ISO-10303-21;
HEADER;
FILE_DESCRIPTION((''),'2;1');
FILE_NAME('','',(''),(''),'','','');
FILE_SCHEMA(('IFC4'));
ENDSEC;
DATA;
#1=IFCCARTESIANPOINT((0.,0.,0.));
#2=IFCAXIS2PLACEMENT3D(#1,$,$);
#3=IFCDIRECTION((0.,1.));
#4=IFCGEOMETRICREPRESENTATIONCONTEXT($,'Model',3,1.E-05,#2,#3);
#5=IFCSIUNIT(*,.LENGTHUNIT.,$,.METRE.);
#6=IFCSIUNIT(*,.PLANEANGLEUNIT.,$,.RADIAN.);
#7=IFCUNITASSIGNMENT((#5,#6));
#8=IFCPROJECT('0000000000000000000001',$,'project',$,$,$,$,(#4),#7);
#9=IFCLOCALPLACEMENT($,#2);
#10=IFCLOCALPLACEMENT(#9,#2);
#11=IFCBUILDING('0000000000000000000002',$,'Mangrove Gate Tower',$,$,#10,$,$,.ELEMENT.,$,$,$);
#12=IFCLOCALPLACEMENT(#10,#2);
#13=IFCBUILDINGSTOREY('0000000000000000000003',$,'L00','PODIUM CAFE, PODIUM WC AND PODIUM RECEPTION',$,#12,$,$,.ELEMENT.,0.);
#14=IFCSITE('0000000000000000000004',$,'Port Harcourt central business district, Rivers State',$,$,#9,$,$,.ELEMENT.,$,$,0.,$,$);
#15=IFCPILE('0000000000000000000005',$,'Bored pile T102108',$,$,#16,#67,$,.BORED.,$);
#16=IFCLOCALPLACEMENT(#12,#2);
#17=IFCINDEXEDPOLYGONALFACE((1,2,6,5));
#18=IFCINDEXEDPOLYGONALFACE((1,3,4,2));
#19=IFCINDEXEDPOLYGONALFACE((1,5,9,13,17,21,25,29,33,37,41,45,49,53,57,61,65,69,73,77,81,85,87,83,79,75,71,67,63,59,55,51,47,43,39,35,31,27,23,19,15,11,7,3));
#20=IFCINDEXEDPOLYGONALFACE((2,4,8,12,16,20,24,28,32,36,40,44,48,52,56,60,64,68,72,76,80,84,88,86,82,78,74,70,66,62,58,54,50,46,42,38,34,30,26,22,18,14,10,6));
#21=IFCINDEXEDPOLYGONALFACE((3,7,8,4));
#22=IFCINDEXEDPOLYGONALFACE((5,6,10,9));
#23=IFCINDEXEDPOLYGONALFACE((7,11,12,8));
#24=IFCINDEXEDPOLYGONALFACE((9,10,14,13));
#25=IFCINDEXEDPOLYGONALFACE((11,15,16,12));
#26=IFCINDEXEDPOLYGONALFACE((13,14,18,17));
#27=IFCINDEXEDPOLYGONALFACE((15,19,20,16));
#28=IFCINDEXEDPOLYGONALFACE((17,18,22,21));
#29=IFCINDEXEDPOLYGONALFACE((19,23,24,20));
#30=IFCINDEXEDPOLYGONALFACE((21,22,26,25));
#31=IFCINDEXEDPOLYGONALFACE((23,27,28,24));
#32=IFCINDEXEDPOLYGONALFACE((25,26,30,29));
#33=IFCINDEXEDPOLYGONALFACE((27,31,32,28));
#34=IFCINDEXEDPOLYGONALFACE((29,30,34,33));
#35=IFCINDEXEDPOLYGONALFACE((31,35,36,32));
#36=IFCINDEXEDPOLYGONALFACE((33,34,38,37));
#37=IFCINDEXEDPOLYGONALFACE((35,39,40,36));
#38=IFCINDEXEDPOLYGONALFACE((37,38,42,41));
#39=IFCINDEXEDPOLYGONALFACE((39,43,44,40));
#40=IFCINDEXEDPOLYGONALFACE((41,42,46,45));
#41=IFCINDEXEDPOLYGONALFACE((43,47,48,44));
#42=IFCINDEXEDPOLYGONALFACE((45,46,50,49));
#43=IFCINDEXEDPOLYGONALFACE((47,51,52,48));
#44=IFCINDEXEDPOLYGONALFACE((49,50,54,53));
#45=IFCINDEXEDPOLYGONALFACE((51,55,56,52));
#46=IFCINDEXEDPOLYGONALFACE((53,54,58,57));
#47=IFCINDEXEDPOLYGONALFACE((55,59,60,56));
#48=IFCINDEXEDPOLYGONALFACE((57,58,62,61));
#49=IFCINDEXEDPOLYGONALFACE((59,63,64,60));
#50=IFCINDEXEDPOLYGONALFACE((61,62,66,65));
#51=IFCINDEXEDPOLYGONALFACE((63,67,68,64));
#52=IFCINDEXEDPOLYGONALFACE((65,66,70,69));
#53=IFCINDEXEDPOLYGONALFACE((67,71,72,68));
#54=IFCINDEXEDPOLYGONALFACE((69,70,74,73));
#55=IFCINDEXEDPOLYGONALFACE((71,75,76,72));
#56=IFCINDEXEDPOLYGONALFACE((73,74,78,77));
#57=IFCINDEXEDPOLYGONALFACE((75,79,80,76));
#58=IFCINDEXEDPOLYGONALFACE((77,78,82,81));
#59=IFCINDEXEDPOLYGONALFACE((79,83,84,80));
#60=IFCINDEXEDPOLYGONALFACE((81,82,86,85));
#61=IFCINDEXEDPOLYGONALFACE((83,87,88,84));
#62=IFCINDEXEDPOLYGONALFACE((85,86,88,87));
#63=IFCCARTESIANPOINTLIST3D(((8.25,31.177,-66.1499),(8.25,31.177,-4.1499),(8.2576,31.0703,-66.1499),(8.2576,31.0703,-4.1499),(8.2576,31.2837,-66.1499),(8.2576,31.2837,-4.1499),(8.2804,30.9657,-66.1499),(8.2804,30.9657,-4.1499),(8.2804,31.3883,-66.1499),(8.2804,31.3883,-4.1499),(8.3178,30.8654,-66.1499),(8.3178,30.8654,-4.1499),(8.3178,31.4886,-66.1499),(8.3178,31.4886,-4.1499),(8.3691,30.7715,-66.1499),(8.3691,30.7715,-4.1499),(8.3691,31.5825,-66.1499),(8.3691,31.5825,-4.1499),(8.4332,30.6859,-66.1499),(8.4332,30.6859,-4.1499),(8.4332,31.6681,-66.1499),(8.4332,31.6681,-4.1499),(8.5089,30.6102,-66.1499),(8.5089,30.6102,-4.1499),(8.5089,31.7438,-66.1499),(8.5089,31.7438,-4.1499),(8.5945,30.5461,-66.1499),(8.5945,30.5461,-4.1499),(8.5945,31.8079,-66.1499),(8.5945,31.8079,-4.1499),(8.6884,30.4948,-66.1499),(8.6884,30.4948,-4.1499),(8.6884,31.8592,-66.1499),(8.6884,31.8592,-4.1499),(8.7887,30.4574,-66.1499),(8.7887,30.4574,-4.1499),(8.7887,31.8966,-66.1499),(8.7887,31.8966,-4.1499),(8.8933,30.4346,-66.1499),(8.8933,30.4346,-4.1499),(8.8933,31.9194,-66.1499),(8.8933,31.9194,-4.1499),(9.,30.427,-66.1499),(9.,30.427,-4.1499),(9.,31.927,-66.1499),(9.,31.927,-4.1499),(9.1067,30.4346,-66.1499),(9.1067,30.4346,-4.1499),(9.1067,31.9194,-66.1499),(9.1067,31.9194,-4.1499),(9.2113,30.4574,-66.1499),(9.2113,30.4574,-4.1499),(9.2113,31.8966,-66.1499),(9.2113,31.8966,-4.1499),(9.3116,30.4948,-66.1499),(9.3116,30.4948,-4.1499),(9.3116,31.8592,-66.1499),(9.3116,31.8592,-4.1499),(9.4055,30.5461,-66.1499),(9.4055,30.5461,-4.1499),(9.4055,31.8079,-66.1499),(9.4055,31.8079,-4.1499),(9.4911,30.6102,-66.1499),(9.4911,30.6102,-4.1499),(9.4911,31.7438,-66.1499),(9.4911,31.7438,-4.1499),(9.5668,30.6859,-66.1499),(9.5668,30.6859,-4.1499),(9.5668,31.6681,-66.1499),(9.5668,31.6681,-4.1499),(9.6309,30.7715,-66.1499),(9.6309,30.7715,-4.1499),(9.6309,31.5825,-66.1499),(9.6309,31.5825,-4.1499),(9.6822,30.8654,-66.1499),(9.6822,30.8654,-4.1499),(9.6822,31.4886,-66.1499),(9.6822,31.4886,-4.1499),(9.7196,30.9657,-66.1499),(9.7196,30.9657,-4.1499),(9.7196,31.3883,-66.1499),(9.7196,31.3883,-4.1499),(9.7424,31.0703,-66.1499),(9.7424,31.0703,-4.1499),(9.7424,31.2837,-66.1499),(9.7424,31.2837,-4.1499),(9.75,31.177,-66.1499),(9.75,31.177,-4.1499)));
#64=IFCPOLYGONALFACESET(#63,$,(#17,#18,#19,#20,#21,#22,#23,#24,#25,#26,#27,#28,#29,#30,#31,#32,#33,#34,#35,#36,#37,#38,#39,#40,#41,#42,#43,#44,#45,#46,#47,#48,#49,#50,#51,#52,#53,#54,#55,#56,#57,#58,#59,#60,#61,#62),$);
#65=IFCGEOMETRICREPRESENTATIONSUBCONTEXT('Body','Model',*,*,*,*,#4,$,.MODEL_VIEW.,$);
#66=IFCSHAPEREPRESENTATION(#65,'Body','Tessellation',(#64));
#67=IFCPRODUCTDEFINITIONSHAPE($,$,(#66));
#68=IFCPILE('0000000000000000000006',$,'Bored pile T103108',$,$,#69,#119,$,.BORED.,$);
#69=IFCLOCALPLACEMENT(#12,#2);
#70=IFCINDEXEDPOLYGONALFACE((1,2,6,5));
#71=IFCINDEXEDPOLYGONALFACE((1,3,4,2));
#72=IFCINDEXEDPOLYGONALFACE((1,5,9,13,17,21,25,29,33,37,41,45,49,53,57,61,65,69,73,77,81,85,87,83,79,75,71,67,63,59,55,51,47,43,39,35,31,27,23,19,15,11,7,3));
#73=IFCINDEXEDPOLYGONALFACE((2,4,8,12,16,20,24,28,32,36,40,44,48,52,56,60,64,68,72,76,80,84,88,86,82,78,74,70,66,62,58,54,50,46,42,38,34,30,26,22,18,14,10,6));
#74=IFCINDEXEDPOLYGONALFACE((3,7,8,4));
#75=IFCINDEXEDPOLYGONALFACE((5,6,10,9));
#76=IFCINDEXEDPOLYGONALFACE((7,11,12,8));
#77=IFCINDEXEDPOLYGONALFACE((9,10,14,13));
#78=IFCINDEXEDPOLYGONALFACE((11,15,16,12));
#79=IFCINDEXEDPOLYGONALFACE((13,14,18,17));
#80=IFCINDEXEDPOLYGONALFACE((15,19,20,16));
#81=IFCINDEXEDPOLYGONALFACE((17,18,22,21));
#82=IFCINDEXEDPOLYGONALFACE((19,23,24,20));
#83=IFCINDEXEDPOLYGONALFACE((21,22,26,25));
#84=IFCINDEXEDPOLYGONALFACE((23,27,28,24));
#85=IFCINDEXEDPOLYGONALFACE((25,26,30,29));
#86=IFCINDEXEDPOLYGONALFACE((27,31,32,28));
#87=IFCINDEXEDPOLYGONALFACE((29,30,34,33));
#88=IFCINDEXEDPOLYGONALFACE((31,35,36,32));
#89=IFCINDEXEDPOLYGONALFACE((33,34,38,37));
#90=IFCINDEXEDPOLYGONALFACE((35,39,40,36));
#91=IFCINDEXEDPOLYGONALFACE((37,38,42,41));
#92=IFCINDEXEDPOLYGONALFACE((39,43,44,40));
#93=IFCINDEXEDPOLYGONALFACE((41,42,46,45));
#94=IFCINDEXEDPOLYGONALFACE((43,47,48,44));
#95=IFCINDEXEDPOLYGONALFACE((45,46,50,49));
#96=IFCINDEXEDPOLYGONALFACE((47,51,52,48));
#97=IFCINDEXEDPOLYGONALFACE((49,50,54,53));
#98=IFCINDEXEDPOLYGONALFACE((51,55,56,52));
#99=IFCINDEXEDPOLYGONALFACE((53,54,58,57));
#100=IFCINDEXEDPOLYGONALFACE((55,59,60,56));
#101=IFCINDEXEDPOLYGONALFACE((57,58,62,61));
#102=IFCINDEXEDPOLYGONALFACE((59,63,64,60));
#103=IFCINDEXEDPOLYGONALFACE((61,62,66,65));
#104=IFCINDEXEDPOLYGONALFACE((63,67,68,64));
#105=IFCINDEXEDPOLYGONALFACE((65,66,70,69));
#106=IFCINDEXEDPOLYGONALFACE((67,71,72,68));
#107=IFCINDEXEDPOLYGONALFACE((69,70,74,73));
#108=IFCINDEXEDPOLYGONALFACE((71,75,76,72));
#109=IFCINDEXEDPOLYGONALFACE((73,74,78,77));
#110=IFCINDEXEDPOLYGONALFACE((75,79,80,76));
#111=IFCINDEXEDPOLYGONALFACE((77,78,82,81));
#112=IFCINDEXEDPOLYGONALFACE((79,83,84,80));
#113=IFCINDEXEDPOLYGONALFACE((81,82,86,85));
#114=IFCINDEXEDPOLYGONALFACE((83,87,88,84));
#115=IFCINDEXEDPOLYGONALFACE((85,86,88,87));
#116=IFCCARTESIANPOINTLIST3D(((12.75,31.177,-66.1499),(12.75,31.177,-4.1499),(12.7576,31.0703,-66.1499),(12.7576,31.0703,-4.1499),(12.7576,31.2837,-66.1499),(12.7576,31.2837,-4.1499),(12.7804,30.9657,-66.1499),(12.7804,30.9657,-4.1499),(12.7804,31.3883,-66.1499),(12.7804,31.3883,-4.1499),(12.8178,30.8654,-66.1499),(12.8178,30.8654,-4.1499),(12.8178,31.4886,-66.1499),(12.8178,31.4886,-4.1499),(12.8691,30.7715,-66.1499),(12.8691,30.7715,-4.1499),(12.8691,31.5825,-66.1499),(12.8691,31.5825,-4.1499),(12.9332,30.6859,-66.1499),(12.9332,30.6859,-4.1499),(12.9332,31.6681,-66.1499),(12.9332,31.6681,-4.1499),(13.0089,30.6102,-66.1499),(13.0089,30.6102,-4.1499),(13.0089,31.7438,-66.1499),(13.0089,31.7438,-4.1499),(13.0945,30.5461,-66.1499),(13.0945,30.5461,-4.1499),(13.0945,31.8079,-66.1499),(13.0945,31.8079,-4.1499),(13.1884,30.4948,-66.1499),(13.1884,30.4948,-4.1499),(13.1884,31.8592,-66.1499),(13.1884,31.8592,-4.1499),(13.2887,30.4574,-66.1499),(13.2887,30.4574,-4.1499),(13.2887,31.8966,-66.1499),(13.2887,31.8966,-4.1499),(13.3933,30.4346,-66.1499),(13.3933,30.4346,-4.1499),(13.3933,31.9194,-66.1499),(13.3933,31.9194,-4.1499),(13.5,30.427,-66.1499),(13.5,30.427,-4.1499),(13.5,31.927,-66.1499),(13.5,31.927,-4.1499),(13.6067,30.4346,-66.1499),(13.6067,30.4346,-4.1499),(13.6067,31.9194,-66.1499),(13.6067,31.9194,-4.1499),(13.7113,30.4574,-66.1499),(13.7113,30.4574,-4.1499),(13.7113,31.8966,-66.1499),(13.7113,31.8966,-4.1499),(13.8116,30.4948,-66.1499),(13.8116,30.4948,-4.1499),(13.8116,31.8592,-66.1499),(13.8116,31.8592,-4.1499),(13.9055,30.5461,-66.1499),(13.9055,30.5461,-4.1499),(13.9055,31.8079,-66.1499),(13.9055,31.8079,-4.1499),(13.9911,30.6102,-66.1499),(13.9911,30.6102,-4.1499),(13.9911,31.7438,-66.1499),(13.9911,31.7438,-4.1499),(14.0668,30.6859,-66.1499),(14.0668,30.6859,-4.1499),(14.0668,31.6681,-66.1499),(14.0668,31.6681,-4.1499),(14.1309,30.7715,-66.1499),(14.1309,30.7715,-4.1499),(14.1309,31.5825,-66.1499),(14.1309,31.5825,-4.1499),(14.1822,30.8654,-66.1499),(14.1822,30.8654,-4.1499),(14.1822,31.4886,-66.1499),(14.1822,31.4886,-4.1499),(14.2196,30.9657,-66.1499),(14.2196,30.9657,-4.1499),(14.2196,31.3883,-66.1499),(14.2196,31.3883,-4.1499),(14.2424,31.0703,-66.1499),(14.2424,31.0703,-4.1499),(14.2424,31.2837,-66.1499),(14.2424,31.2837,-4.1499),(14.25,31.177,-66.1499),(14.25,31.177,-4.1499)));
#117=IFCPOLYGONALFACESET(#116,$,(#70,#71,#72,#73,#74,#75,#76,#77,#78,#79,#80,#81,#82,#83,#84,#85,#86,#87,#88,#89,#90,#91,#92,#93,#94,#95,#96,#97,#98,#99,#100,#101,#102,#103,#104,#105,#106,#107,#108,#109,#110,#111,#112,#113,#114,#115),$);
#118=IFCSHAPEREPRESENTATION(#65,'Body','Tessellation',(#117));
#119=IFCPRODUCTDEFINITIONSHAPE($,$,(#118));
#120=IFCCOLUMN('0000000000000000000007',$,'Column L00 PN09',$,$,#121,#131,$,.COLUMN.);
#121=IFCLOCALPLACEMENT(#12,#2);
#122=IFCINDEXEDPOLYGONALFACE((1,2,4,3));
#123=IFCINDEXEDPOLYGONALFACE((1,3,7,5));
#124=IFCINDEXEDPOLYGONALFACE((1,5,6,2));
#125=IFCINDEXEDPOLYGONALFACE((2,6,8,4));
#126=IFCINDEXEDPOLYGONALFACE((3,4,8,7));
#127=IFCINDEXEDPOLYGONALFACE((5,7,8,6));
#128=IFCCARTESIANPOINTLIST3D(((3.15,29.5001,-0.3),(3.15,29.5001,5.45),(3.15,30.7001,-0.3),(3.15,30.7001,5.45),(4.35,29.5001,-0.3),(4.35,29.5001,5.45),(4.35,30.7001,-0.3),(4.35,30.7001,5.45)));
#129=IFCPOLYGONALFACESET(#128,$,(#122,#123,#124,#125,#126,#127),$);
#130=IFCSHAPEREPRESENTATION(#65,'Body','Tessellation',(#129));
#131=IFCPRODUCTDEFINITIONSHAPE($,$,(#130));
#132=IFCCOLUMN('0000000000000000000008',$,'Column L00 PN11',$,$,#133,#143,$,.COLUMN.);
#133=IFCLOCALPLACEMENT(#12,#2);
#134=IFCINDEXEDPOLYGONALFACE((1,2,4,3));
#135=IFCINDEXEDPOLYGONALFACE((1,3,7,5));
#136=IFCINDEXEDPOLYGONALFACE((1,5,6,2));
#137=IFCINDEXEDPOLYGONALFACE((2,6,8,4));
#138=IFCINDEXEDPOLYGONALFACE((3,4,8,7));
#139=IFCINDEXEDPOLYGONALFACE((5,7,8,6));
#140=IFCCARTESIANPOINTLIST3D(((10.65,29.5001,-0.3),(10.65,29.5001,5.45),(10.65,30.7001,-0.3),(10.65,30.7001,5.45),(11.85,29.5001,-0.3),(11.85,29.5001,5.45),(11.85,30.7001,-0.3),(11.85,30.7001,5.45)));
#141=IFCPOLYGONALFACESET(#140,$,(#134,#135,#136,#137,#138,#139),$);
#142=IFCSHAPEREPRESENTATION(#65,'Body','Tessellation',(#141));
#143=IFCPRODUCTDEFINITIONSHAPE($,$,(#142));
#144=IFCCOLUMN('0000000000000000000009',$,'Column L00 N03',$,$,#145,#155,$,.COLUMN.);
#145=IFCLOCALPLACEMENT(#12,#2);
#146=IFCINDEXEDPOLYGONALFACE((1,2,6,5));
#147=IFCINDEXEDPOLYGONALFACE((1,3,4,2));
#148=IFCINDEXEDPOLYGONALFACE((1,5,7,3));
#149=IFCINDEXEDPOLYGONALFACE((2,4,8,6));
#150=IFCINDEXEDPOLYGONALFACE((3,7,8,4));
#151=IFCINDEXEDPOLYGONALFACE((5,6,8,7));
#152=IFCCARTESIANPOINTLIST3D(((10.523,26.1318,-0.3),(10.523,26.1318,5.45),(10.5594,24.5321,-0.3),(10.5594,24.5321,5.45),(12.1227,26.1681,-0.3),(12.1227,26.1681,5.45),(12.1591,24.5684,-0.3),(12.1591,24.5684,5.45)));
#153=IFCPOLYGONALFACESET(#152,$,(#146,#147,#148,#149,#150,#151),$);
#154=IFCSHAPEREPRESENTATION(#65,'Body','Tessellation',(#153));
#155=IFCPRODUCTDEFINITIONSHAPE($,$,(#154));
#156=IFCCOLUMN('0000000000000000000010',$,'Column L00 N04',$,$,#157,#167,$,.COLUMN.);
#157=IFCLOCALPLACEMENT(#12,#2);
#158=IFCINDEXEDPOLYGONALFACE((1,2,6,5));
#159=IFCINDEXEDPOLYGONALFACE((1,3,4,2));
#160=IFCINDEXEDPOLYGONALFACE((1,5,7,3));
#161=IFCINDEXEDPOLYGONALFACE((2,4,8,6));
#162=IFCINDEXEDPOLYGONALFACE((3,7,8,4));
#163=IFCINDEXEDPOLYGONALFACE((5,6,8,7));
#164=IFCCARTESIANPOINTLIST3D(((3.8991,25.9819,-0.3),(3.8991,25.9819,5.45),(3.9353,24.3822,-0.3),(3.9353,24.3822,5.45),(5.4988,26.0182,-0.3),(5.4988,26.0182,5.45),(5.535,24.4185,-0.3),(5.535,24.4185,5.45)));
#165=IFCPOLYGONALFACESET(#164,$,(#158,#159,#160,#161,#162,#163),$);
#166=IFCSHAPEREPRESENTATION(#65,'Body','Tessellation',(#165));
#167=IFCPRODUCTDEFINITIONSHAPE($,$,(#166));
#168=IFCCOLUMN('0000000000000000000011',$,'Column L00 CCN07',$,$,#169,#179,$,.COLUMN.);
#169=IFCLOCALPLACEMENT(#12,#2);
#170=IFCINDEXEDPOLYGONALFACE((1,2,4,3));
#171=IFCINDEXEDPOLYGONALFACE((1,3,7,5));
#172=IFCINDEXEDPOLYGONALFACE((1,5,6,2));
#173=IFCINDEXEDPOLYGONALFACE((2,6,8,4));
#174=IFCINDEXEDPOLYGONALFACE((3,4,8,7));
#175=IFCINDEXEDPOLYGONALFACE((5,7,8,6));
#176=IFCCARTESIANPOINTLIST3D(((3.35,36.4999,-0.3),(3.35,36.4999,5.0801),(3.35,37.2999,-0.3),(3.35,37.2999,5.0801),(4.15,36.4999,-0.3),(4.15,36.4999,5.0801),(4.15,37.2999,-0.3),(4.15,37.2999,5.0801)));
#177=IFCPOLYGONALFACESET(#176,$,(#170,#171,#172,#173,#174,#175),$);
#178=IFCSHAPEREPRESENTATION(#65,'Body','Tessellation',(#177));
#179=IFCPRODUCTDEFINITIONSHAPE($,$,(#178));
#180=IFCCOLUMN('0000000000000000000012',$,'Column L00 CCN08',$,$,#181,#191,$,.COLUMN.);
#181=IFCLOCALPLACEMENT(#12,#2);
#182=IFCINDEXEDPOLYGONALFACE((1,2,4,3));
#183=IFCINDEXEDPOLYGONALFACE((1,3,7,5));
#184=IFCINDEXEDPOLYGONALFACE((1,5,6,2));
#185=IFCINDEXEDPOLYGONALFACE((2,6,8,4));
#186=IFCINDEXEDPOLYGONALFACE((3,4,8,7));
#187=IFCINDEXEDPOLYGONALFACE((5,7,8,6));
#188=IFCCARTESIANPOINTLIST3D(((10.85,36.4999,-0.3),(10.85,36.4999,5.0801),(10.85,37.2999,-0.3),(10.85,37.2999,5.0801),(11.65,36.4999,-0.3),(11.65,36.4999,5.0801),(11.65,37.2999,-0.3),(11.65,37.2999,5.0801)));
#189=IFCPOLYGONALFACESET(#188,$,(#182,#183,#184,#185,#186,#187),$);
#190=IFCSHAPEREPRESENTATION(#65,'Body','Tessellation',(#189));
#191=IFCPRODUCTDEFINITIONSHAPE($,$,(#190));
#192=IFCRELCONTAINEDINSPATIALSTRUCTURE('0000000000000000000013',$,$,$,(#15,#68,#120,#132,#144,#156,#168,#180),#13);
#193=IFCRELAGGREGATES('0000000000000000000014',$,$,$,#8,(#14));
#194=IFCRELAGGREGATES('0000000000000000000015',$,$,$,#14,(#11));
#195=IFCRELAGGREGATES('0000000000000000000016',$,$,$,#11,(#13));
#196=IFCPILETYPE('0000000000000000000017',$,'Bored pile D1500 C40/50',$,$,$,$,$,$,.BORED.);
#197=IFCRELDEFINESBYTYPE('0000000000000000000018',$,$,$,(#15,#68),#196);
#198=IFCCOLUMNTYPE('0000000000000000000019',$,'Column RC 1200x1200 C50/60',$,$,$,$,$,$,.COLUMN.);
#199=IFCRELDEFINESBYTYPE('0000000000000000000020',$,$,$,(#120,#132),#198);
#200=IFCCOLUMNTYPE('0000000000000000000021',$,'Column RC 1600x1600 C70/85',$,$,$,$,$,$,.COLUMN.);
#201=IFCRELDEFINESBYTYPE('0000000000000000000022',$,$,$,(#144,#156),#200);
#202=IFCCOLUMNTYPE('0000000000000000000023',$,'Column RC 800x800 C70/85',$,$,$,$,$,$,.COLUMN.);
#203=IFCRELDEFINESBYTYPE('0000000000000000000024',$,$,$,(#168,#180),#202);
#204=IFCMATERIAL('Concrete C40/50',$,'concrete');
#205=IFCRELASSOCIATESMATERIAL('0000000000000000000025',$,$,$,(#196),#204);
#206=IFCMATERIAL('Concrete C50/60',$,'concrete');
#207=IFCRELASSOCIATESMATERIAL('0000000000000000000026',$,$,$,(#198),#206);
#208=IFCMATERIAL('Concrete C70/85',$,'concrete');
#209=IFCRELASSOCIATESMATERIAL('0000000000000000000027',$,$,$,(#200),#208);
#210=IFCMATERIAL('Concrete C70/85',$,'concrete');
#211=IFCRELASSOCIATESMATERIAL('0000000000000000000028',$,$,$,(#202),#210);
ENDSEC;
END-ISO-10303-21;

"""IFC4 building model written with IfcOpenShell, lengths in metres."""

from ifc_helpers import new_model, si_unit, direction, frame, origin, origin_2d, place, context, subcontext, project, spatial, rectangle, circle, extrude, material, material_profile, profile_set, type_object, element, save


model = new_model("IFC4")

# Units and contexts
model_context = context("Model", 3, precision=1e-05, world=origin(), true_north=direction((0.0, 1.0)))
body_context = subcontext(model_context, "Body", "Model", "MODEL_VIEW")
ifc_project = project(units=[si_unit("LENGTHUNIT", "METRE"), si_unit("PLANEANGLEUNIT", "RADIAN")], contexts=[model_context])

# Site, building, storey
site_placement = place(None, origin())
site = spatial("IfcSite", under=ifc_project, at=site_placement, Name="Port Harcourt central business district, Rivers State", CompositionType="ELEMENT", RefElevation=0.0)
building_placement = place(site_placement, origin())
building = spatial("IfcBuilding", under=site, at=building_placement, Name="Mangrove Gate Tower", CompositionType="ELEMENT")
storey_placement = place(building_placement, origin())
storey = spatial("IfcBuildingStorey", under=building, at=storey_placement, Name="L00", Description="PODIUM CAFE, PODIUM WC AND PODIUM RECEPTION", CompositionType="ELEMENT", Elevation=0.0)

# Piles
ifc_material_1 = material(Name="Concrete C40/50", Category="concrete")
ifc_material_profile_1 = material_profile(ifc_material_1, circle(Radius=0.75, at=origin_2d()))
ifc_profile_set_1 = profile_set([ifc_material_profile_1], Name="Concrete C40/50")
pile_type = type_object("IfcPileType", Name="Bored pile D1500 C40/50", PredefinedType="BORED", material=ifc_profile_set_1)
for number, where, z_axis, x_axis, name in (
    (1, (9.0, 31.177, -4.1499), (0.0, 0.0, -1.0), (1.0, 0.0, 0.0), "Bored pile T102108"),
    (2, (13.5, 31.177, -4.1499), (0.0, 0.0, -1.0), (1.0, 0.0, 0.0), "Bored pile T103108"),
):
    element("IfcPile", number, at=place(storey_placement, frame(where, z_axis=z_axis, x_axis=x_axis)), inside=storey, type_object=pile_type, Name=name, PredefinedType="BORED", context=body_context, shape_type="SweptSolid", body=[
        extrude(circle(Radius=0.75, at=origin_2d()), origin(), (0.0, 0.0, 1.0), 62.0),
    ])

# Columns
ifc_material_2 = material(Name="Concrete C50/60", Category="concrete")
ifc_material_profile_2 = material_profile(ifc_material_2, rectangle(XDim=1.2, YDim=1.2, at=origin_2d()))
ifc_profile_set_2 = profile_set([ifc_material_profile_2], Name="Concrete C50/60")
column_type_1 = type_object("IfcColumnType", Name="Column RC 1200x1200 C50/60", PredefinedType="COLUMN", material=ifc_profile_set_2)
for number, where, z_axis, x_axis, name in (
    (3, (3.75, 30.1001, -0.3), (0.0, 0.0, 1.0), (1.0, 0.0, 0.0), "Column L00 PN09"),
    (4, (11.25, 30.1001, -0.3), (0.0, 0.0, 1.0), (1.0, 0.0, 0.0), "Column L00 PN11"),
):
    element("IfcColumn", number, at=place(storey_placement, frame(where, z_axis=z_axis, x_axis=x_axis)), inside=storey, type_object=column_type_1, Name=name, PredefinedType="COLUMN", context=body_context, shape_type="SweptSolid", body=[
        extrude(rectangle(XDim=1.2, YDim=1.2, at=origin_2d()), origin(), (0.0, 0.0, 1.0), 5.75),
    ])
ifc_material_3 = material(Name="Concrete C70/85", Category="concrete")
ifc_material_profile_3 = material_profile(ifc_material_3, rectangle(XDim=1.6001, YDim=1.6001, at=origin_2d()))
ifc_profile_set_3 = profile_set([ifc_material_profile_3], Name="Concrete C70/85")
column_type_2 = type_object("IfcColumnType", Name="Column RC 1600x1600 C70/85", PredefinedType="COLUMN", material=ifc_profile_set_3)
for number, where, z_axis, x_axis, name in (
    (5, (11.3411, 25.3501, -0.3), (0.0, 0.0, 1.0), (-0.999742, -0.022716, 0.0), "Column L00 N03"),
    (6, (4.717, 25.2002, -0.3), (0.0, 0.0, 1.0), (-0.999744, -0.022641, 0.0), "Column L00 N04"),
):
    element("IfcColumn", number, at=place(storey_placement, frame(where, z_axis=z_axis, x_axis=x_axis)), inside=storey, type_object=column_type_2, Name=name, PredefinedType="COLUMN", context=body_context, shape_type="SweptSolid", body=[
        extrude(rectangle(XDim=1.6001, YDim=1.6001, at=origin_2d()), origin(), (0.0, 0.0, 1.0), 5.75),
    ])
ifc_material_4 = material(Name="Concrete C70/85", Category="concrete")
ifc_material_profile_4 = material_profile(ifc_material_4, rectangle(XDim=0.8, YDim=0.8, at=origin_2d()))
ifc_profile_set_4 = profile_set([ifc_material_profile_4], Name="Concrete C70/85")
column_type_3 = type_object("IfcColumnType", Name="Column RC 800x800 C70/85", PredefinedType="COLUMN", material=ifc_profile_set_4)
for number, where, z_axis, x_axis, name in (
    (7, (3.75, 36.8999, -0.3), (0.0, 0.0, 1.0), (1.0, 0.0, 0.0), "Column L00 CCN07"),
    (8, (11.25, 36.8999, -0.3), (0.0, 0.0, 1.0), (1.0, 0.0, 0.0), "Column L00 CCN08"),
):
    element("IfcColumn", number, at=place(storey_placement, frame(where, z_axis=z_axis, x_axis=x_axis)), inside=storey, type_object=column_type_3, Name=name, PredefinedType="COLUMN", context=body_context, shape_type="SweptSolid", body=[
        extrude(rectangle(XDim=0.8, YDim=0.8, at=origin_2d()), origin(), (0.0, 0.0, 1.0), 5.3801),
    ])

save(model, "model.ifc")
